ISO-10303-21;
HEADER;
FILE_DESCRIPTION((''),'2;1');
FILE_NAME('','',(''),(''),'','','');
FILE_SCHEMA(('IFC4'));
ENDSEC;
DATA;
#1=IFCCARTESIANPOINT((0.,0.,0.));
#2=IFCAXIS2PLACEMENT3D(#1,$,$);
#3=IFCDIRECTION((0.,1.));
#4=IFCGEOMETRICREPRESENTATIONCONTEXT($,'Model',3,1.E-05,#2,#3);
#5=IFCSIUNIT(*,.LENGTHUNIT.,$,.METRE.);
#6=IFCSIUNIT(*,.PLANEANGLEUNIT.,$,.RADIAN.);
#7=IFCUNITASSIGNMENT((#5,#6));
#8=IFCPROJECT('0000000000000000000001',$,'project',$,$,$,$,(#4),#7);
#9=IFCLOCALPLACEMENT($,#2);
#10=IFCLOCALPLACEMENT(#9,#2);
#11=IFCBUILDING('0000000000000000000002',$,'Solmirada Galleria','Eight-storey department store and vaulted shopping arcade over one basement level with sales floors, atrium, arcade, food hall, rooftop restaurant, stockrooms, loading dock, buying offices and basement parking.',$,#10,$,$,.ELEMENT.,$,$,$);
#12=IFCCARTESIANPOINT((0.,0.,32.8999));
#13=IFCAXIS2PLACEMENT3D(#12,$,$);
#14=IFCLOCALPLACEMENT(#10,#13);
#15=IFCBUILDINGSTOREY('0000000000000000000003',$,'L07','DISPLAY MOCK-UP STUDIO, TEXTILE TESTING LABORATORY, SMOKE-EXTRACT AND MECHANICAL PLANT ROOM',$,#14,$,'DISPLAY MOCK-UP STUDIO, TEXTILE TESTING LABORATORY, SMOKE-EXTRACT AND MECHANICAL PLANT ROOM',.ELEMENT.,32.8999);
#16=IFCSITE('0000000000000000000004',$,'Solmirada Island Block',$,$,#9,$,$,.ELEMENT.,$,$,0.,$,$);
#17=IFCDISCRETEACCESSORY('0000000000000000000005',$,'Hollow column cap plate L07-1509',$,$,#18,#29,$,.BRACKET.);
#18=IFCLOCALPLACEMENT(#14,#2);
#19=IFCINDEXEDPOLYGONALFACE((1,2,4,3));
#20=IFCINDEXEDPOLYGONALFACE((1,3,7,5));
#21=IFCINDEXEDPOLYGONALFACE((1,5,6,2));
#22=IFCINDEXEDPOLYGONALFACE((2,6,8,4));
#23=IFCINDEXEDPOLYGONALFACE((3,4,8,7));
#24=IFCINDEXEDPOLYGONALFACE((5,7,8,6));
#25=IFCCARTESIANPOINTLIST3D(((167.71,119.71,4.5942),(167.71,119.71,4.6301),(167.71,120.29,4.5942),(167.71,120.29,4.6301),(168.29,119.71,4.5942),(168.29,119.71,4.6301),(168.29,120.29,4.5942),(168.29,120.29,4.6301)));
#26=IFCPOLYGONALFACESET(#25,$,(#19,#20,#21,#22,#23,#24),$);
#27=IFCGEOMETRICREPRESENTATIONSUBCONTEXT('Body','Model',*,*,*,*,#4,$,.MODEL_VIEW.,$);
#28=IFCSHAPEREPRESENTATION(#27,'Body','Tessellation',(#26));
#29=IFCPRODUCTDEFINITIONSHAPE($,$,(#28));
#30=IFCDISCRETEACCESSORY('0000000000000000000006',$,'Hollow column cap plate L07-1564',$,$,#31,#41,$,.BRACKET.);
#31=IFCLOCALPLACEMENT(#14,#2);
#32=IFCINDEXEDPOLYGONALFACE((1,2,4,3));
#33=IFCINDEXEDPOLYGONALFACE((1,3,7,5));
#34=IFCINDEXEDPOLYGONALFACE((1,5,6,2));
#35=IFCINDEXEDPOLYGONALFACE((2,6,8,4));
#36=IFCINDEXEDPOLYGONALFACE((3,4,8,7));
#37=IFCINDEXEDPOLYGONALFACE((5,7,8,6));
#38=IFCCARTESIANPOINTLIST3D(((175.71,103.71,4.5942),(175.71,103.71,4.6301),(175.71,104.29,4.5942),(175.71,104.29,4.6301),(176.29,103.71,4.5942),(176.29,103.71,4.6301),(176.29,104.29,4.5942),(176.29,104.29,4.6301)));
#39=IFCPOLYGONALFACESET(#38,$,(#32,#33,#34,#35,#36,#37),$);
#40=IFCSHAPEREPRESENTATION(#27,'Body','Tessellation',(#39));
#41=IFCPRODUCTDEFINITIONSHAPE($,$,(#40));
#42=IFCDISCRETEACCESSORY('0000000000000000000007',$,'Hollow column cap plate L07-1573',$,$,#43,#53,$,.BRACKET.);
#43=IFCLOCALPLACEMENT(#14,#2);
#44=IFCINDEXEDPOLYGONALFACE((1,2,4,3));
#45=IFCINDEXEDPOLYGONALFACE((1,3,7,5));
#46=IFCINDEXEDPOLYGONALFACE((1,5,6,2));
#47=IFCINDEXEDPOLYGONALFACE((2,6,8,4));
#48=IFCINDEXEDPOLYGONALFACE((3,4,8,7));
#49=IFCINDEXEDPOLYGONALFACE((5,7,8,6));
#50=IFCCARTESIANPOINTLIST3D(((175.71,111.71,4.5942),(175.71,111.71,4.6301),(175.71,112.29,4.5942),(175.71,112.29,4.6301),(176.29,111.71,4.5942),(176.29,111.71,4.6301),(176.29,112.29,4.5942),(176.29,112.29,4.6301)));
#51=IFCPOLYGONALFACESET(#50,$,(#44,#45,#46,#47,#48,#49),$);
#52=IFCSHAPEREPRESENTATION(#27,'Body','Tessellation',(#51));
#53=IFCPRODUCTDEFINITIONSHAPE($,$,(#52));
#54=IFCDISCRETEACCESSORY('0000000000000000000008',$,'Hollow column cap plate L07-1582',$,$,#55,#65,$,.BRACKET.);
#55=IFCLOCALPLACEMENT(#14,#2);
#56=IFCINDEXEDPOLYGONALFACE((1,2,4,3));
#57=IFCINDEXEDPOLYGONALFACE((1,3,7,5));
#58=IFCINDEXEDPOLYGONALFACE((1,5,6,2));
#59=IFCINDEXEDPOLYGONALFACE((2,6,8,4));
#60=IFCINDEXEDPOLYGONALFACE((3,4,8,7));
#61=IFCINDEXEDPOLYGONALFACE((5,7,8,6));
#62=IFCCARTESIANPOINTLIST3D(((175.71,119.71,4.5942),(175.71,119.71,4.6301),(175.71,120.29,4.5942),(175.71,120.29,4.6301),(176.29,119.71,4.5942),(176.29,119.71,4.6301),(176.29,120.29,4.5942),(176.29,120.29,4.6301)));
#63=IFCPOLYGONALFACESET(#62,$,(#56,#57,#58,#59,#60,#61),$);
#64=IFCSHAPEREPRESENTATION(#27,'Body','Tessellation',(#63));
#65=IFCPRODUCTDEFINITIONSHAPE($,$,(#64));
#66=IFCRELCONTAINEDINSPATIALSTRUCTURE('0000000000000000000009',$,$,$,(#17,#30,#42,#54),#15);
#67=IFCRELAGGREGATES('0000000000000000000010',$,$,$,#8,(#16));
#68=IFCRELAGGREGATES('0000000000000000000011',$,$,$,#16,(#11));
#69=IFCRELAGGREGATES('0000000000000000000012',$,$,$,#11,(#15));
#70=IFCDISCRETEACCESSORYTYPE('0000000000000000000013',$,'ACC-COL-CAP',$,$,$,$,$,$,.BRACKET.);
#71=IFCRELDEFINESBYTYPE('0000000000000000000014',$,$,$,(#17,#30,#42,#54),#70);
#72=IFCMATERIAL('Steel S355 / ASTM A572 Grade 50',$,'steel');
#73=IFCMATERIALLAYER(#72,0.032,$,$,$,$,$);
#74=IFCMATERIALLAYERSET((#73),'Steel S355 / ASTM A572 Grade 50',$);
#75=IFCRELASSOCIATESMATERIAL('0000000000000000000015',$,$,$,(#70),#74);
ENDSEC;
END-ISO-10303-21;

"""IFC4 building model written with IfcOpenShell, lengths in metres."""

from ifc_helpers import new_model, si_unit, direction, frame, origin, origin_2d, place, context, subcontext, project, spatial, rectangle, extrude, material, layer, layer_set, type_object, element, save


model = new_model("IFC4")

# Units and contexts
model_context = context("Model", 3, precision=1e-05, world=origin(), true_north=direction((0.0, 1.0)))
body_context = subcontext(model_context, "Body", "Model", "MODEL_VIEW")
ifc_project = project(units=[si_unit("LENGTHUNIT", "METRE"), si_unit("PLANEANGLEUNIT", "RADIAN")], contexts=[model_context])

# Site, building, storey
site_placement = place(None, origin())
site = spatial("IfcSite", under=ifc_project, at=site_placement, Name="Solmirada Island Block", CompositionType="ELEMENT", RefElevation=0.0)
building_placement = place(site_placement, origin())
building = spatial("IfcBuilding", under=site, at=building_placement, Name="Solmirada Galleria", Description="Eight-storey department store and vaulted shopping arcade over one basement level with sales floors, atrium, arcade, food hall, rooftop restaurant, stockrooms, loading dock, buying offices and basement parking.", CompositionType="ELEMENT")
storey_placement = place(building_placement, frame((0.0, 0.0, 32.8999)))
storey = spatial("IfcBuildingStorey", under=building, at=storey_placement, Name="L07", Description="DISPLAY MOCK-UP STUDIO, TEXTILE TESTING LABORATORY, SMOKE-EXTRACT AND MECHANICAL PLANT ROOM", LongName="DISPLAY MOCK-UP STUDIO, TEXTILE TESTING LABORATORY, SMOKE-EXTRACT AND MECHANICAL PLANT ROOM", CompositionType="ELEMENT", Elevation=32.8999)

# Discrete accessories
ifc_material_1 = material(Name="Steel S355 / ASTM A572 Grade 50", Category="steel")
ifc_layer_1 = layer(ifc_material_1, 0.032)
ifc_layer_set_1 = layer_set([ifc_layer_1], Name="Steel S355 / ASTM A572 Grade 50")
discrete_accessory_type = type_object("IfcDiscreteAccessoryType", Name="ACC-COL-CAP", PredefinedType="BRACKET", material=ifc_layer_set_1)
for number, where, z_axis, x_axis, name in (
    (1, (168.0, 120.0, 4.5942), (0.0, 0.0, 1.0), (1.0, 0.0, 0.0), "Hollow column cap plate L07-1509"),
    (2, (176.0, 104.0, 4.5942), (0.0, 0.0, 1.0), (1.0, 0.0, 0.0), "Hollow column cap plate L07-1564"),
    (3, (176.0, 112.0, 4.5942), (0.0, 0.0, 1.0), (1.0, 0.0, 0.0), "Hollow column cap plate L07-1573"),
    (4, (176.0, 120.0, 4.5942), (0.0, 0.0, 1.0), (1.0, 0.0, 0.0), "Hollow column cap plate L07-1582"),
):
    element("IfcDiscreteAccessory", number, at=place(storey_placement, frame(where, z_axis=z_axis, x_axis=x_axis)), inside=storey, type_object=discrete_accessory_type, Name=name, PredefinedType="BRACKET", context=body_context, shape_type="SweptSolid", body=[
        extrude(rectangle(XDim=0.5801, YDim=0.5801, at=origin_2d()), origin(), (0.0, 0.0, 1.0), 0.0359),
    ])

save(model, "model.ifc")
